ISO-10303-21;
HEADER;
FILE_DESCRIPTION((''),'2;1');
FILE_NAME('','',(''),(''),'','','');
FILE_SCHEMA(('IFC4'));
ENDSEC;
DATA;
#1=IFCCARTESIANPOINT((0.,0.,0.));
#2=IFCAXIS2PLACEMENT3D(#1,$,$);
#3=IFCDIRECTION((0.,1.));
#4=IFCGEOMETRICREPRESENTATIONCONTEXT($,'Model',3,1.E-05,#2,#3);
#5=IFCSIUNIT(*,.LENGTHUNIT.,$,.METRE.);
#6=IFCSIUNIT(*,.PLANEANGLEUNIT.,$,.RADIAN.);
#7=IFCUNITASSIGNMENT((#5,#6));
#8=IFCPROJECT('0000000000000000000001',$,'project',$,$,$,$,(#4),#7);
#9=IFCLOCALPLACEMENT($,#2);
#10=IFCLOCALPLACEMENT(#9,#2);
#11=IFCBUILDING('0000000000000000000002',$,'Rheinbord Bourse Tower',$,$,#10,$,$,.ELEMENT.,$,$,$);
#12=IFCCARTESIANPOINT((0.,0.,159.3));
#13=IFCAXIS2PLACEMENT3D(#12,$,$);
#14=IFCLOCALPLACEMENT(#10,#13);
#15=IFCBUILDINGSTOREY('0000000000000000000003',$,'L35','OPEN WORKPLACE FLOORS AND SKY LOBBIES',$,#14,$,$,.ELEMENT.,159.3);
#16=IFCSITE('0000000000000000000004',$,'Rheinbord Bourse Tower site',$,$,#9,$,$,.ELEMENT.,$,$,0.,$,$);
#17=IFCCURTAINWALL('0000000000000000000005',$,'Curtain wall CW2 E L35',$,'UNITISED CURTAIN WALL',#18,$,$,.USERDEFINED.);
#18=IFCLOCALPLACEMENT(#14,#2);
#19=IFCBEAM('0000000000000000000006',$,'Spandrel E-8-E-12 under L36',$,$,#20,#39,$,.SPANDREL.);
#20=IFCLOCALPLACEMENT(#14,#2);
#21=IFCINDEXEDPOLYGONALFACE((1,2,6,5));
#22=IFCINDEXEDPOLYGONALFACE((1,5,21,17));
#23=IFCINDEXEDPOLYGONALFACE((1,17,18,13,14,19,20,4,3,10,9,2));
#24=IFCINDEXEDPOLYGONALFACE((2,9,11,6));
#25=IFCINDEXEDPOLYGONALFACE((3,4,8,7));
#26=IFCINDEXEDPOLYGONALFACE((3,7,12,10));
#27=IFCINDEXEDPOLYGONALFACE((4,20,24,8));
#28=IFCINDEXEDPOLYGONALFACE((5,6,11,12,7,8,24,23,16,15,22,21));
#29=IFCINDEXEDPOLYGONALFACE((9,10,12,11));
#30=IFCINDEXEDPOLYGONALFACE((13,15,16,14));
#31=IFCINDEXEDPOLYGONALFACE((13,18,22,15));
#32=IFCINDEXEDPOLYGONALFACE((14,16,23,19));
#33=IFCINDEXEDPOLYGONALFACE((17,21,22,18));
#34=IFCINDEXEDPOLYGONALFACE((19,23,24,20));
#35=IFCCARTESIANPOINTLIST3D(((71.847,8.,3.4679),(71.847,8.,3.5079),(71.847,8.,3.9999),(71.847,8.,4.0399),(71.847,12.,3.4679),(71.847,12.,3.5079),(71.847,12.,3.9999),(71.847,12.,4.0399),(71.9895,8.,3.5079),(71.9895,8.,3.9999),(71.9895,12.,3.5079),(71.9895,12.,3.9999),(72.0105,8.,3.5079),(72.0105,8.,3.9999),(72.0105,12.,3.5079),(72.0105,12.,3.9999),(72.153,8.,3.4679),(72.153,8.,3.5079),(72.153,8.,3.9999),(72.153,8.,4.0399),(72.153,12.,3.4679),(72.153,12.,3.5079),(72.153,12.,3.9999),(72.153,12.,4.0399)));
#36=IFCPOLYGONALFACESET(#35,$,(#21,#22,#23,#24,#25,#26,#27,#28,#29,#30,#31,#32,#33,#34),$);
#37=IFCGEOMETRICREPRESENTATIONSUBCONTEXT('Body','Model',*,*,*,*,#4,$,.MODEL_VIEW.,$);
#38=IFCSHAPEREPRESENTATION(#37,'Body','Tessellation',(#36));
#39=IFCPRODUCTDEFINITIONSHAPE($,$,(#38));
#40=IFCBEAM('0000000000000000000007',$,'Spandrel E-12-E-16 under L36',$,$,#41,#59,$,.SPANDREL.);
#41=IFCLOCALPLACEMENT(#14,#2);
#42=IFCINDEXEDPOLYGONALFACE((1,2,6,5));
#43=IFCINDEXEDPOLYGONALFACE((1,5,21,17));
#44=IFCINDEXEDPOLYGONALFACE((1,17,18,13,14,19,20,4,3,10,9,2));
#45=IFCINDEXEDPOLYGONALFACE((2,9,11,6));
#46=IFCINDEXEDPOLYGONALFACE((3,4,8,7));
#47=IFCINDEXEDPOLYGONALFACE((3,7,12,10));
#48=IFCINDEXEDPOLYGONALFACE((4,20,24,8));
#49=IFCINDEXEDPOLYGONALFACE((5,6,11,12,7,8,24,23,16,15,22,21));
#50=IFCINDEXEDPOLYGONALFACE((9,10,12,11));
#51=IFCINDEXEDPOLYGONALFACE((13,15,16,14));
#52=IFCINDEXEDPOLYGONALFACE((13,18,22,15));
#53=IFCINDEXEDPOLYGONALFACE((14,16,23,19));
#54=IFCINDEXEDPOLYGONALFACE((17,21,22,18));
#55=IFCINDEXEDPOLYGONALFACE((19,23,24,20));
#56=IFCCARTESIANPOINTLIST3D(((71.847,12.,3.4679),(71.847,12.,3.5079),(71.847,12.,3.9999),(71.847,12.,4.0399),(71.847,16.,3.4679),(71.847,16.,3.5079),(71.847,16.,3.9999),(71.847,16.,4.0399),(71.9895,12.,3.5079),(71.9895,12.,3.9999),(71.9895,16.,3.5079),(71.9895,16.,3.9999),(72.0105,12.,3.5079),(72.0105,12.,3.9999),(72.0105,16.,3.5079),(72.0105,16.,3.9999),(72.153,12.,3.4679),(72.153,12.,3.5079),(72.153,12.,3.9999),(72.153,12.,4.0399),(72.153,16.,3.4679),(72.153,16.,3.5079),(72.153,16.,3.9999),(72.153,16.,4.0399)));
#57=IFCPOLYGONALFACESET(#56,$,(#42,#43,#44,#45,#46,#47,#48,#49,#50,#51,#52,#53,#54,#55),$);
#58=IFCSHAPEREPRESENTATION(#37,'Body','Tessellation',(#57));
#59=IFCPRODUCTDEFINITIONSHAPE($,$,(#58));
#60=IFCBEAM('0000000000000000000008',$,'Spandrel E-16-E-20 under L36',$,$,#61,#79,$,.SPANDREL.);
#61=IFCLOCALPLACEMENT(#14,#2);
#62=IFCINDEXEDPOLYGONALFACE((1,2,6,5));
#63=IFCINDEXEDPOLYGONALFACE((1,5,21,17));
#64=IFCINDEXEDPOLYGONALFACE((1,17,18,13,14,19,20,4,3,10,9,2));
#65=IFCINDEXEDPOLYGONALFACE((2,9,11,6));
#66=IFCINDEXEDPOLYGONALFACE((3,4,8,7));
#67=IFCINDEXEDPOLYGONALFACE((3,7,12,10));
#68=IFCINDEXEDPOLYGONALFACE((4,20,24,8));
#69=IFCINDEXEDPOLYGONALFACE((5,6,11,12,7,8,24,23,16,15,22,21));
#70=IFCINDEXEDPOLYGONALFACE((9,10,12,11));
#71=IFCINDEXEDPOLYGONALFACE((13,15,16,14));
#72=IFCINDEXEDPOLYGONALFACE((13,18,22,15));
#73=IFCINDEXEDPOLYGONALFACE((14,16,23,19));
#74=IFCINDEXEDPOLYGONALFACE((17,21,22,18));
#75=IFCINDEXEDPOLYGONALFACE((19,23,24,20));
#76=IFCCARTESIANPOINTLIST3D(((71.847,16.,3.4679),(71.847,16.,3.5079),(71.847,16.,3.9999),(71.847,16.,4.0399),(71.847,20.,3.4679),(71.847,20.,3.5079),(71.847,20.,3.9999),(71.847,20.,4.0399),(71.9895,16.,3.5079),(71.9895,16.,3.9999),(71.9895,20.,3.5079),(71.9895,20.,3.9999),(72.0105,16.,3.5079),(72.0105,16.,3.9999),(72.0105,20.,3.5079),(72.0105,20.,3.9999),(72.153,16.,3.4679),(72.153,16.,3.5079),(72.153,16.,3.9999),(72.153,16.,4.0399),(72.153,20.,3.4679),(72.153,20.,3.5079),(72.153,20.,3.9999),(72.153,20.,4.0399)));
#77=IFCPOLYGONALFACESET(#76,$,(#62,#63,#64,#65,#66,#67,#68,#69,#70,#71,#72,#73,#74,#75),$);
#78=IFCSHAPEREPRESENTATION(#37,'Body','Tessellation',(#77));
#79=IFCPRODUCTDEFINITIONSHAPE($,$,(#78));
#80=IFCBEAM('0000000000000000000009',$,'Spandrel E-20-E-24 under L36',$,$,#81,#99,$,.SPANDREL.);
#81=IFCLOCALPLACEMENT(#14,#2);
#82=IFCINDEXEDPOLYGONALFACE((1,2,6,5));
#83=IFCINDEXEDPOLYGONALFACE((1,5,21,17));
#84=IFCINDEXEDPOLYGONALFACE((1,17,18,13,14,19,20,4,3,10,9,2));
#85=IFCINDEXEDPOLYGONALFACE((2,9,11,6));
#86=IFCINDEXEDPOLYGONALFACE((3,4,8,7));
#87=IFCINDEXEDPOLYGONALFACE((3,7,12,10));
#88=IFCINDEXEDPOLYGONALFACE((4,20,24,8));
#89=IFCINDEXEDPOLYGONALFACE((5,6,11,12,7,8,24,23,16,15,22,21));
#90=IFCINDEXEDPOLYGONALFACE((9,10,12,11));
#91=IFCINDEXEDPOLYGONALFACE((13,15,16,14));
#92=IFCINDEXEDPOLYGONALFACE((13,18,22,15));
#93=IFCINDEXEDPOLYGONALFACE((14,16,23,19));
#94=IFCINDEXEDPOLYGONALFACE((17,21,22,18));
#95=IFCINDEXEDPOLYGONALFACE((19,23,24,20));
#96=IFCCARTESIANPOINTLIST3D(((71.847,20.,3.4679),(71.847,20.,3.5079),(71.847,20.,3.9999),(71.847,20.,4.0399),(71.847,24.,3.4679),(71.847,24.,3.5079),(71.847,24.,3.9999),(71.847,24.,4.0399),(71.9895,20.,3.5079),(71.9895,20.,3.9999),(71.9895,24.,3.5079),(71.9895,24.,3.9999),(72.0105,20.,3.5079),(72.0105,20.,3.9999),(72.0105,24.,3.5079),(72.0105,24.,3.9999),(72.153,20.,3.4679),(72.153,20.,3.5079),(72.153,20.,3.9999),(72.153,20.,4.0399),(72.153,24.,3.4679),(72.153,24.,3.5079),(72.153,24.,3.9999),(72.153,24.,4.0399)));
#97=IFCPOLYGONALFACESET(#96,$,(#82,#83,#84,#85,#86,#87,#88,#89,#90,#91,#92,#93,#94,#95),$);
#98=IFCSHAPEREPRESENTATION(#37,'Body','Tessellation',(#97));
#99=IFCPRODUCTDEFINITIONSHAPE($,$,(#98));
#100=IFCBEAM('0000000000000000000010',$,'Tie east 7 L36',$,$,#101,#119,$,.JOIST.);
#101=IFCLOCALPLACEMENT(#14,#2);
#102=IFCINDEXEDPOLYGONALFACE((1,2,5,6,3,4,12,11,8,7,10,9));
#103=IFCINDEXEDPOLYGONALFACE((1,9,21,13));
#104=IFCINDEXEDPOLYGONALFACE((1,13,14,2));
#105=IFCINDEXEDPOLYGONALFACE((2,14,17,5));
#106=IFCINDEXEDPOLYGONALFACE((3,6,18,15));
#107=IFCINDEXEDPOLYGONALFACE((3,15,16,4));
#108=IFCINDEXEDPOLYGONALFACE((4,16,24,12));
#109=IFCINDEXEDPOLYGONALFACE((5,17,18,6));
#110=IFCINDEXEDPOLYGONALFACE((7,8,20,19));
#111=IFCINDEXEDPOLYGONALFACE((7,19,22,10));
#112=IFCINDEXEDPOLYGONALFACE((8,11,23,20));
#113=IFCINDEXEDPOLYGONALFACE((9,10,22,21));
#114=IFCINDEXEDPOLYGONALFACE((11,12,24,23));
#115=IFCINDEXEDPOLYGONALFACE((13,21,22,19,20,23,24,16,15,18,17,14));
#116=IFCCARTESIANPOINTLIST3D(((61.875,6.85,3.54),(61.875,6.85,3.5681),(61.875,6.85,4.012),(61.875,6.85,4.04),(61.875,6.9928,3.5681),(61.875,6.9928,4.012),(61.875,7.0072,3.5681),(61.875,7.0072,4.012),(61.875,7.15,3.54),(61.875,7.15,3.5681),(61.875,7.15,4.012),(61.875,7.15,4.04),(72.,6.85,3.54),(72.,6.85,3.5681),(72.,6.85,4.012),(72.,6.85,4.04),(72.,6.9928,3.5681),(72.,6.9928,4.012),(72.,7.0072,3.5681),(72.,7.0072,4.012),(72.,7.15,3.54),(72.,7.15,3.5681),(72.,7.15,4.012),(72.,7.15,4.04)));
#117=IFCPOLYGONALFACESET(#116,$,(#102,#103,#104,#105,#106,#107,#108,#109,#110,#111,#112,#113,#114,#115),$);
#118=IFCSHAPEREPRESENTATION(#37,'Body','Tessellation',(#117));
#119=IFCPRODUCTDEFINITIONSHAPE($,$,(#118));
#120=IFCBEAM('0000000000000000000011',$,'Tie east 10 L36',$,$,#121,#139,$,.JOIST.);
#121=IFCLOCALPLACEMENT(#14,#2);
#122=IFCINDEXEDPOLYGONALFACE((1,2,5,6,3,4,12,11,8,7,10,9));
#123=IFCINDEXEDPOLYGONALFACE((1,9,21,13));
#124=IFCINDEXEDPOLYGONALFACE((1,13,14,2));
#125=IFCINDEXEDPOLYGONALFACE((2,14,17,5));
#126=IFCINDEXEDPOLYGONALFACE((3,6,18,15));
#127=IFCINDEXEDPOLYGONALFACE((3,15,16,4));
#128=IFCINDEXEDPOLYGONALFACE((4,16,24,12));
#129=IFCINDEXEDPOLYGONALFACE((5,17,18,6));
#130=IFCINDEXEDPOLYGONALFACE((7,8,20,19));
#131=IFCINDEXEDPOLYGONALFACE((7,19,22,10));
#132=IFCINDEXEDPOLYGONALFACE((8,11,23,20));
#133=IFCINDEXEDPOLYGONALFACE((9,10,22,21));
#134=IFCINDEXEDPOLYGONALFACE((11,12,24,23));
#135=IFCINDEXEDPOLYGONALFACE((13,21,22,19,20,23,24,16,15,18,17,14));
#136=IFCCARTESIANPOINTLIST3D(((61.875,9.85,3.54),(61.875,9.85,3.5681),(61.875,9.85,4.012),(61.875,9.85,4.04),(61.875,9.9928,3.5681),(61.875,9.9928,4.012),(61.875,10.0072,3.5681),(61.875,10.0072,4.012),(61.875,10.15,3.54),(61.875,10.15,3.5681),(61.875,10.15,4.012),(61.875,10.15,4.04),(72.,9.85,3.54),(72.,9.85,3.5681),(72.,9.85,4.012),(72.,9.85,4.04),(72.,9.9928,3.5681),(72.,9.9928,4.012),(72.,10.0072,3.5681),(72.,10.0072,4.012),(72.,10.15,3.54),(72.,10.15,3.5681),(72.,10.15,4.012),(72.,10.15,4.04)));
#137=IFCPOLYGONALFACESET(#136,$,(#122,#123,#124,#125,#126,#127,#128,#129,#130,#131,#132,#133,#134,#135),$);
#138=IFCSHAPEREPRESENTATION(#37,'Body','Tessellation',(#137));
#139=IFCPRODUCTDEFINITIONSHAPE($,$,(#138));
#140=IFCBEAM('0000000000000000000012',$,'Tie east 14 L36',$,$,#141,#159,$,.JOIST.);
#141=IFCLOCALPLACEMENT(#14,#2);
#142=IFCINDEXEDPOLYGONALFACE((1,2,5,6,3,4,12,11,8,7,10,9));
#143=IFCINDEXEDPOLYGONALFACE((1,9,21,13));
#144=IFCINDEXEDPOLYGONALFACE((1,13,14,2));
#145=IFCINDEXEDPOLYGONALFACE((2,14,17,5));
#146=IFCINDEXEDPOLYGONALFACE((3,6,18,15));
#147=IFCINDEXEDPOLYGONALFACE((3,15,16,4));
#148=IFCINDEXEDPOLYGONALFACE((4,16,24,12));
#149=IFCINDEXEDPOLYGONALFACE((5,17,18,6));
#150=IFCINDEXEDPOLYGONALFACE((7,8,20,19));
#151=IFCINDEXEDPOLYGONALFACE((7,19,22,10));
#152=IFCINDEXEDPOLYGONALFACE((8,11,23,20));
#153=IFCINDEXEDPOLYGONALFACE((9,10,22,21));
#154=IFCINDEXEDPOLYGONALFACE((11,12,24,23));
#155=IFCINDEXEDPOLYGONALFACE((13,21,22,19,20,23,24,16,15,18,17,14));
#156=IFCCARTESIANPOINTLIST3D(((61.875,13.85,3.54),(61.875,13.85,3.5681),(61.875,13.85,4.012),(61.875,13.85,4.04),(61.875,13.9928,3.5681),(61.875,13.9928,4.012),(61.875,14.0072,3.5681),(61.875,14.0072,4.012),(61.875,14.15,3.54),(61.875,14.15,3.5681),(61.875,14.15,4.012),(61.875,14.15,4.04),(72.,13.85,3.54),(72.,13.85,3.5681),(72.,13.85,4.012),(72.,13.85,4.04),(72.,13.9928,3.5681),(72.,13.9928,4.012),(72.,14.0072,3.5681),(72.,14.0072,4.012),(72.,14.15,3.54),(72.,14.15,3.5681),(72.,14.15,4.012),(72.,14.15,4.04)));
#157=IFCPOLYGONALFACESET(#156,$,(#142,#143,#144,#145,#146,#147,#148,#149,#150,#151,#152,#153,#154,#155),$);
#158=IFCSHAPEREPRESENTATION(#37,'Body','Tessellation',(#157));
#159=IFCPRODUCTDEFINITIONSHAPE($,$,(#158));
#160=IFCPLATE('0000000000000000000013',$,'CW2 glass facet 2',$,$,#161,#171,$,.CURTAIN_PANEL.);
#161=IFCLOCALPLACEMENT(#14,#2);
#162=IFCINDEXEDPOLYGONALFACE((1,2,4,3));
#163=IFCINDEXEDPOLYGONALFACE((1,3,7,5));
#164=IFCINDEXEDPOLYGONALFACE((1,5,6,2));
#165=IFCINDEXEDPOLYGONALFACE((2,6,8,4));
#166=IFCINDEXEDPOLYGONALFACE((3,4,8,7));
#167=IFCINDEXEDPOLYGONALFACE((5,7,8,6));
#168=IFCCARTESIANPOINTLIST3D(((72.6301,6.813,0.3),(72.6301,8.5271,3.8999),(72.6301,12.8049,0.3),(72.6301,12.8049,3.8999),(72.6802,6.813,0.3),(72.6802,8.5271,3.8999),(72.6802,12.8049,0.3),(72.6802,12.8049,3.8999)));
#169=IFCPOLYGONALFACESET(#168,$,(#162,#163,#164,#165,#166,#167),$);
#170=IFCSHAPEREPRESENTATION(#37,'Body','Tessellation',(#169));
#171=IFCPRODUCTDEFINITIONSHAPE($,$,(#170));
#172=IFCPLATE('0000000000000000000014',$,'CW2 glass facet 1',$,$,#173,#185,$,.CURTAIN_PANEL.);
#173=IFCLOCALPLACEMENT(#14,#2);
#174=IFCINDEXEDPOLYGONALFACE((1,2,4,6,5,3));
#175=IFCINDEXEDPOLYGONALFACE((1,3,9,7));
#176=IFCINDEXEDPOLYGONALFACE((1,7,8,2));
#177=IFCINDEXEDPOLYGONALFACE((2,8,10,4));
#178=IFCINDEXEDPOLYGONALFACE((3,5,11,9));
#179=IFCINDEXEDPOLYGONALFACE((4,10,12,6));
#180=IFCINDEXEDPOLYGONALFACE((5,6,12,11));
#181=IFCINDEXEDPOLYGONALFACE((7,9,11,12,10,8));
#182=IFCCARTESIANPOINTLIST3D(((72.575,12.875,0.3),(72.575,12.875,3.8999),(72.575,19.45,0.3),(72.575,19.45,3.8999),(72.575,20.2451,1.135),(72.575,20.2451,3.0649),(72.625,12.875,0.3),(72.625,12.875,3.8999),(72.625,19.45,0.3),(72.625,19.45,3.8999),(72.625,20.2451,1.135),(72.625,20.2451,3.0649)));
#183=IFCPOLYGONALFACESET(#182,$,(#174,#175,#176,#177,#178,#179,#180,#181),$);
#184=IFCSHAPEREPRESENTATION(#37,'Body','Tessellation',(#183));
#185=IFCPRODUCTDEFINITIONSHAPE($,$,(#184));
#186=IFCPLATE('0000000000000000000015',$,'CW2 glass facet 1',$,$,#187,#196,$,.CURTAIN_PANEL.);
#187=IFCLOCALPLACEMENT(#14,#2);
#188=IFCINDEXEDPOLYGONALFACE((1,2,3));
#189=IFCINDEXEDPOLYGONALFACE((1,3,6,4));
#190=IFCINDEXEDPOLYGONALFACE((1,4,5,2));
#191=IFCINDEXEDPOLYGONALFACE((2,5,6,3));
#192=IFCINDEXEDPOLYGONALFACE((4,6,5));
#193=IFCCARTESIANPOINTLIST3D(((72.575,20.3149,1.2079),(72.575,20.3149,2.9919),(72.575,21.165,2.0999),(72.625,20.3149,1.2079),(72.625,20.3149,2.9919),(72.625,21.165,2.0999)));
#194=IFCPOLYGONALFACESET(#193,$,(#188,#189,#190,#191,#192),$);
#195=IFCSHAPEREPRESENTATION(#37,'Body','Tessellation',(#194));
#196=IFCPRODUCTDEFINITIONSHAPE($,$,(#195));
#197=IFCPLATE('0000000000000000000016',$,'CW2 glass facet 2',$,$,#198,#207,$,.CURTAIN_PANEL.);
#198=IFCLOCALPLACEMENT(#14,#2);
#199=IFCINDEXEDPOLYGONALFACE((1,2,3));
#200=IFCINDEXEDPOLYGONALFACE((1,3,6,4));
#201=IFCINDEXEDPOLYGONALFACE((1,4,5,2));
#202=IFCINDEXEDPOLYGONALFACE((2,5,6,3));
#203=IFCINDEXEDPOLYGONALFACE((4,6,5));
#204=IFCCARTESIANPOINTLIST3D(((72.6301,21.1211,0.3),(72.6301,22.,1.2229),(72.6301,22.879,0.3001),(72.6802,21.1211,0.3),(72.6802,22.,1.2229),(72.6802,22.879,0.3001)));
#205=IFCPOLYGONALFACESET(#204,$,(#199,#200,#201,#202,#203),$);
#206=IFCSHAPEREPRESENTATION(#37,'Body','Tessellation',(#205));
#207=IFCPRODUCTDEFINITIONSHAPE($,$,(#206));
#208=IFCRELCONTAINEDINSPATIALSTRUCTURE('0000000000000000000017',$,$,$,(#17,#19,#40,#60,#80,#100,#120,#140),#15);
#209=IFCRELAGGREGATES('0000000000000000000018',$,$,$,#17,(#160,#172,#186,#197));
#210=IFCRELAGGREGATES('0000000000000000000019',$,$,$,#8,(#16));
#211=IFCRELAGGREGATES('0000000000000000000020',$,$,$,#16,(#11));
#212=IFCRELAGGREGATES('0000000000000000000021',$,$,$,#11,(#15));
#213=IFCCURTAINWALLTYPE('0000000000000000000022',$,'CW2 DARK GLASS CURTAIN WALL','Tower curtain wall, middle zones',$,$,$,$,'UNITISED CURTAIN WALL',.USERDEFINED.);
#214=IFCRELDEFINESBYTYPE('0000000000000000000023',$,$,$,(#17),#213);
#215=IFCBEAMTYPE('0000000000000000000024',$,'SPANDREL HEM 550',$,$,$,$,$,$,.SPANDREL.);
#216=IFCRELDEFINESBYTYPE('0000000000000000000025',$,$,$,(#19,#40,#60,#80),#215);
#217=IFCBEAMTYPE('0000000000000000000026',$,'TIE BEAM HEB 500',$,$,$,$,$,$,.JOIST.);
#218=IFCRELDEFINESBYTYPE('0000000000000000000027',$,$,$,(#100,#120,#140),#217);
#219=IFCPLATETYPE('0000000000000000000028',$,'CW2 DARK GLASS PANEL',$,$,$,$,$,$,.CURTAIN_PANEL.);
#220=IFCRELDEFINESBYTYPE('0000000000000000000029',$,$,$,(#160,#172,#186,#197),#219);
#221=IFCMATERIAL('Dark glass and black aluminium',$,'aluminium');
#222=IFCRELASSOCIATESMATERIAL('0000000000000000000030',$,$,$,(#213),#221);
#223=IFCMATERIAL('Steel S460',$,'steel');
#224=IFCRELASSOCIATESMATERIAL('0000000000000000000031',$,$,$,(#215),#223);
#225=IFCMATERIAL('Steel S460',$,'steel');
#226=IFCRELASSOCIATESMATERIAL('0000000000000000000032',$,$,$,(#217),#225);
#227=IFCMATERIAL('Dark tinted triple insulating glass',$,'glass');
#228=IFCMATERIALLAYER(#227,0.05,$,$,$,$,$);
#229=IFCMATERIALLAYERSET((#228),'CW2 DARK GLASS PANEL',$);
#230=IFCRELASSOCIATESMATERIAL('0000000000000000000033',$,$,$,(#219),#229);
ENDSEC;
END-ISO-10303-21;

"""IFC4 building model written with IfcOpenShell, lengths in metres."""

from ifc_helpers import new_model, si_unit, direction, frame, origin, origin_2d, place, context, subcontext, project, spatial, polyline, i_section, outline, extrude, material, layer, layer_set, material_profile, profile_set, type_object, element, aggregate, save


model = new_model("IFC4")

# Units and contexts
model_context = context("Model", 3, precision=1e-05, world=origin(), true_north=direction((0.0, 1.0)))
body_context = subcontext(model_context, "Body", "Model", "MODEL_VIEW")
ifc_project = project(units=[si_unit("LENGTHUNIT", "METRE"), si_unit("PLANEANGLEUNIT", "RADIAN")], contexts=[model_context])

# Site, building, storey
site_placement = place(None, origin())
site = spatial("IfcSite", under=ifc_project, at=site_placement, Name="Rheinbord Bourse Tower site", CompositionType="ELEMENT", RefElevation=0.0)
building_placement = place(site_placement, origin())
building = spatial("IfcBuilding", under=site, at=building_placement, Name="Rheinbord Bourse Tower", CompositionType="ELEMENT")
storey_placement = place(building_placement, frame((0.0, 0.0, 159.3)))
storey = spatial("IfcBuildingStorey", under=building, at=storey_placement, Name="L35", Description="OPEN WORKPLACE FLOORS AND SKY LOBBIES", CompositionType="ELEMENT", Elevation=159.3)

# Curtain wall
ifc_material_1 = material(Name="Dark glass and black aluminium", Category="aluminium")
curtain_wall_type = type_object("IfcCurtainWallType", Name="CW2 DARK GLASS CURTAIN WALL", Description="Tower curtain wall, middle zones", ElementType="UNITISED CURTAIN WALL", PredefinedType="USERDEFINED", material=ifc_material_1)
curtain_wall_placement = place(storey_placement, origin())
curtain_wall = element("IfcCurtainWall", 1, at=curtain_wall_placement, inside=storey, type_object=curtain_wall_type, Name="Curtain wall CW2 E L35", ObjectType="UNITISED CURTAIN WALL", PredefinedType="USERDEFINED")

# Beams
ifc_material_2 = material(Name="Steel S460", Category="steel")
ifc_material_profile_1 = material_profile(ifc_material_2, i_section(OverallWidth=0.3059, OverallDepth=0.572, WebThickness=0.021, FlangeThickness=0.04, at=origin_2d()), Name="HEM 550")
ifc_profile_set_1 = profile_set([ifc_material_profile_1], Name="Steel S460")
beam_type_1 = type_object("IfcBeamType", Name="SPANDREL HEM 550", PredefinedType="SPANDREL", material=ifc_profile_set_1)
for number, where, z_axis, x_axis, name in (
    (2, (72.0, 8.0, 3.7539), (0.0, 1.0, 0.0), (-1.0, 0.0, 0.0), "Spandrel E-8-E-12 under L36"),
    (3, (72.0, 12.0, 3.7539), (0.0, 1.0, 0.0), (-1.0, 0.0, 0.0), "Spandrel E-12-E-16 under L36"),
    (4, (72.0, 16.0, 3.7539), (0.0, 1.0, 0.0), (-1.0, 0.0, 0.0), "Spandrel E-16-E-20 under L36"),
    (5, (72.0, 20.0, 3.7539), (0.0, 1.0, 0.0), (-1.0, 0.0, 0.0), "Spandrel E-20-E-24 under L36"),
):
    element("IfcBeam", number, at=place(storey_placement, frame(where, z_axis=z_axis, x_axis=x_axis)), inside=storey, type_object=beam_type_1, Name=name, PredefinedType="SPANDREL", context=body_context, shape_type="SweptSolid", body=[
        extrude(i_section(OverallWidth=0.3059, OverallDepth=0.572, WebThickness=0.021, FlangeThickness=0.04, at=origin_2d()), origin(), (0.0, 0.0, 1.0), 4.0),
    ])
ifc_material_3 = material(Name="Steel S460", Category="steel")
ifc_material_profile_2 = material_profile(ifc_material_3, i_section(OverallWidth=0.3, OverallDepth=0.5, WebThickness=0.0144, FlangeThickness=0.0281, at=origin_2d()), Name="HEB 500")
ifc_profile_set_2 = profile_set([ifc_material_profile_2], Name="Steel S460")
beam_type_2 = type_object("IfcBeamType", Name="TIE BEAM HEB 500", PredefinedType="JOIST", material=ifc_profile_set_2)
for number, where, z_axis, x_axis, name in (
    (6, (61.875, 7.0, 3.79), (1.0, 0.0, 0.0), (0.0, 1.0, 0.0), "Tie east 7 L36"),
    (7, (61.875, 10.0, 3.79), (1.0, 0.0, 0.0), (0.0, 1.0, 0.0), "Tie east 10 L36"),
    (8, (61.875, 14.0, 3.79), (1.0, 0.0, 0.0), (0.0, 1.0, 0.0), "Tie east 14 L36"),
):
    element("IfcBeam", number, at=place(storey_placement, frame(where, z_axis=z_axis, x_axis=x_axis)), inside=storey, type_object=beam_type_2, Name=name, PredefinedType="JOIST", context=body_context, shape_type="SweptSolid", body=[
        extrude(i_section(OverallWidth=0.3, OverallDepth=0.5, WebThickness=0.0144, FlangeThickness=0.0281, at=origin_2d()), origin(), (0.0, 0.0, 1.0), 10.125),
    ])

# Plates
ifc_material_4 = material(Name="Dark tinted triple insulating glass", Category="glass")
ifc_layer_1 = layer(ifc_material_4, 0.05)
ifc_layer_set_1 = layer_set([ifc_layer_1], Name="CW2 DARK GLASS PANEL")
plate_type = type_object("IfcPlateType", Name="CW2 DARK GLASS PANEL", PredefinedType="CURTAIN_PANEL", material=ifc_layer_set_1)
plate_1_placement = place(storey_placement, frame((72.6802, 12.8049, 3.8999), z_axis=(-1.0, 0.0, 0.0), x_axis=(0.0, 0.0, -1.0)))
plate_1 = element("IfcPlate", 9, at=plate_1_placement, type_object=plate_type, Name="CW2 glass facet 2", PredefinedType="CURTAIN_PANEL", context=body_context, shape_type="SweptSolid", body=[
    extrude(outline(polyline([(0.0, 0.0), (3.5999, 0.0), (3.5999, 5.9919), (0.0, 4.2778), (0.0, 0.0)])), origin(), (0.0, 0.0, 1.0), 0.05),
])
plate_2_placement = place(storey_placement, frame((72.625, 12.875, 0.3), z_axis=(-1.0, 0.0, 0.0), x_axis=(0.0, 0.0, 1.0)))
plate_2 = element("IfcPlate", 10, at=plate_2_placement, type_object=plate_type, Name="CW2 glass facet 1", PredefinedType="CURTAIN_PANEL", context=body_context, shape_type="SweptSolid", body=[
    extrude(outline(polyline([(0.0, 0.0), (3.5999, 0.0), (3.5999, 6.575), (2.7649, 7.3701), (0.835, 7.3701), (0.0, 6.575), (0.0, 0.0)])), origin(), (0.0, 0.0, 1.0), 0.05),
])
plate_3_placement = place(storey_placement, frame((72.625, 20.3149, 2.9919), z_axis=(-1.0, 0.0, 0.0), x_axis=(0.0, 0.689863, -0.72394)))
plate_3 = element("IfcPlate", 11, at=plate_3_placement, type_object=plate_type, Name="CW2 glass facet 1", PredefinedType="CURTAIN_PANEL", context=body_context, shape_type="SweptSolid", body=[
    extrude(outline(polyline([(0.0, 0.0), (1.2322, 0.0), (1.2915, 1.2307), (0.0, 0.0)])), origin(), (0.0, 0.0, 1.0), 0.05),
])
plate_4_placement = place(storey_placement, frame((72.6802, 21.1211, 0.3), z_axis=(-1.0, 0.0, 0.0), x_axis=(0.0, 0.689655, 0.724138)))
plate_4 = element("IfcPlate", 12, at=plate_4_placement, type_object=plate_type, Name="CW2 glass facet 2", PredefinedType="CURTAIN_PANEL", context=body_context, shape_type="SweptSolid", body=[
    extrude(outline(polyline([(0.0, 0.0), (1.2744, 0.0), (1.2124, 1.2729), (0.0, 0.0)])), origin(), (0.0, 0.0, 1.0), 0.05),
])
aggregate(curtain_wall, [plate_1, plate_2, plate_3, plate_4])

save(model, "model.ifc")
